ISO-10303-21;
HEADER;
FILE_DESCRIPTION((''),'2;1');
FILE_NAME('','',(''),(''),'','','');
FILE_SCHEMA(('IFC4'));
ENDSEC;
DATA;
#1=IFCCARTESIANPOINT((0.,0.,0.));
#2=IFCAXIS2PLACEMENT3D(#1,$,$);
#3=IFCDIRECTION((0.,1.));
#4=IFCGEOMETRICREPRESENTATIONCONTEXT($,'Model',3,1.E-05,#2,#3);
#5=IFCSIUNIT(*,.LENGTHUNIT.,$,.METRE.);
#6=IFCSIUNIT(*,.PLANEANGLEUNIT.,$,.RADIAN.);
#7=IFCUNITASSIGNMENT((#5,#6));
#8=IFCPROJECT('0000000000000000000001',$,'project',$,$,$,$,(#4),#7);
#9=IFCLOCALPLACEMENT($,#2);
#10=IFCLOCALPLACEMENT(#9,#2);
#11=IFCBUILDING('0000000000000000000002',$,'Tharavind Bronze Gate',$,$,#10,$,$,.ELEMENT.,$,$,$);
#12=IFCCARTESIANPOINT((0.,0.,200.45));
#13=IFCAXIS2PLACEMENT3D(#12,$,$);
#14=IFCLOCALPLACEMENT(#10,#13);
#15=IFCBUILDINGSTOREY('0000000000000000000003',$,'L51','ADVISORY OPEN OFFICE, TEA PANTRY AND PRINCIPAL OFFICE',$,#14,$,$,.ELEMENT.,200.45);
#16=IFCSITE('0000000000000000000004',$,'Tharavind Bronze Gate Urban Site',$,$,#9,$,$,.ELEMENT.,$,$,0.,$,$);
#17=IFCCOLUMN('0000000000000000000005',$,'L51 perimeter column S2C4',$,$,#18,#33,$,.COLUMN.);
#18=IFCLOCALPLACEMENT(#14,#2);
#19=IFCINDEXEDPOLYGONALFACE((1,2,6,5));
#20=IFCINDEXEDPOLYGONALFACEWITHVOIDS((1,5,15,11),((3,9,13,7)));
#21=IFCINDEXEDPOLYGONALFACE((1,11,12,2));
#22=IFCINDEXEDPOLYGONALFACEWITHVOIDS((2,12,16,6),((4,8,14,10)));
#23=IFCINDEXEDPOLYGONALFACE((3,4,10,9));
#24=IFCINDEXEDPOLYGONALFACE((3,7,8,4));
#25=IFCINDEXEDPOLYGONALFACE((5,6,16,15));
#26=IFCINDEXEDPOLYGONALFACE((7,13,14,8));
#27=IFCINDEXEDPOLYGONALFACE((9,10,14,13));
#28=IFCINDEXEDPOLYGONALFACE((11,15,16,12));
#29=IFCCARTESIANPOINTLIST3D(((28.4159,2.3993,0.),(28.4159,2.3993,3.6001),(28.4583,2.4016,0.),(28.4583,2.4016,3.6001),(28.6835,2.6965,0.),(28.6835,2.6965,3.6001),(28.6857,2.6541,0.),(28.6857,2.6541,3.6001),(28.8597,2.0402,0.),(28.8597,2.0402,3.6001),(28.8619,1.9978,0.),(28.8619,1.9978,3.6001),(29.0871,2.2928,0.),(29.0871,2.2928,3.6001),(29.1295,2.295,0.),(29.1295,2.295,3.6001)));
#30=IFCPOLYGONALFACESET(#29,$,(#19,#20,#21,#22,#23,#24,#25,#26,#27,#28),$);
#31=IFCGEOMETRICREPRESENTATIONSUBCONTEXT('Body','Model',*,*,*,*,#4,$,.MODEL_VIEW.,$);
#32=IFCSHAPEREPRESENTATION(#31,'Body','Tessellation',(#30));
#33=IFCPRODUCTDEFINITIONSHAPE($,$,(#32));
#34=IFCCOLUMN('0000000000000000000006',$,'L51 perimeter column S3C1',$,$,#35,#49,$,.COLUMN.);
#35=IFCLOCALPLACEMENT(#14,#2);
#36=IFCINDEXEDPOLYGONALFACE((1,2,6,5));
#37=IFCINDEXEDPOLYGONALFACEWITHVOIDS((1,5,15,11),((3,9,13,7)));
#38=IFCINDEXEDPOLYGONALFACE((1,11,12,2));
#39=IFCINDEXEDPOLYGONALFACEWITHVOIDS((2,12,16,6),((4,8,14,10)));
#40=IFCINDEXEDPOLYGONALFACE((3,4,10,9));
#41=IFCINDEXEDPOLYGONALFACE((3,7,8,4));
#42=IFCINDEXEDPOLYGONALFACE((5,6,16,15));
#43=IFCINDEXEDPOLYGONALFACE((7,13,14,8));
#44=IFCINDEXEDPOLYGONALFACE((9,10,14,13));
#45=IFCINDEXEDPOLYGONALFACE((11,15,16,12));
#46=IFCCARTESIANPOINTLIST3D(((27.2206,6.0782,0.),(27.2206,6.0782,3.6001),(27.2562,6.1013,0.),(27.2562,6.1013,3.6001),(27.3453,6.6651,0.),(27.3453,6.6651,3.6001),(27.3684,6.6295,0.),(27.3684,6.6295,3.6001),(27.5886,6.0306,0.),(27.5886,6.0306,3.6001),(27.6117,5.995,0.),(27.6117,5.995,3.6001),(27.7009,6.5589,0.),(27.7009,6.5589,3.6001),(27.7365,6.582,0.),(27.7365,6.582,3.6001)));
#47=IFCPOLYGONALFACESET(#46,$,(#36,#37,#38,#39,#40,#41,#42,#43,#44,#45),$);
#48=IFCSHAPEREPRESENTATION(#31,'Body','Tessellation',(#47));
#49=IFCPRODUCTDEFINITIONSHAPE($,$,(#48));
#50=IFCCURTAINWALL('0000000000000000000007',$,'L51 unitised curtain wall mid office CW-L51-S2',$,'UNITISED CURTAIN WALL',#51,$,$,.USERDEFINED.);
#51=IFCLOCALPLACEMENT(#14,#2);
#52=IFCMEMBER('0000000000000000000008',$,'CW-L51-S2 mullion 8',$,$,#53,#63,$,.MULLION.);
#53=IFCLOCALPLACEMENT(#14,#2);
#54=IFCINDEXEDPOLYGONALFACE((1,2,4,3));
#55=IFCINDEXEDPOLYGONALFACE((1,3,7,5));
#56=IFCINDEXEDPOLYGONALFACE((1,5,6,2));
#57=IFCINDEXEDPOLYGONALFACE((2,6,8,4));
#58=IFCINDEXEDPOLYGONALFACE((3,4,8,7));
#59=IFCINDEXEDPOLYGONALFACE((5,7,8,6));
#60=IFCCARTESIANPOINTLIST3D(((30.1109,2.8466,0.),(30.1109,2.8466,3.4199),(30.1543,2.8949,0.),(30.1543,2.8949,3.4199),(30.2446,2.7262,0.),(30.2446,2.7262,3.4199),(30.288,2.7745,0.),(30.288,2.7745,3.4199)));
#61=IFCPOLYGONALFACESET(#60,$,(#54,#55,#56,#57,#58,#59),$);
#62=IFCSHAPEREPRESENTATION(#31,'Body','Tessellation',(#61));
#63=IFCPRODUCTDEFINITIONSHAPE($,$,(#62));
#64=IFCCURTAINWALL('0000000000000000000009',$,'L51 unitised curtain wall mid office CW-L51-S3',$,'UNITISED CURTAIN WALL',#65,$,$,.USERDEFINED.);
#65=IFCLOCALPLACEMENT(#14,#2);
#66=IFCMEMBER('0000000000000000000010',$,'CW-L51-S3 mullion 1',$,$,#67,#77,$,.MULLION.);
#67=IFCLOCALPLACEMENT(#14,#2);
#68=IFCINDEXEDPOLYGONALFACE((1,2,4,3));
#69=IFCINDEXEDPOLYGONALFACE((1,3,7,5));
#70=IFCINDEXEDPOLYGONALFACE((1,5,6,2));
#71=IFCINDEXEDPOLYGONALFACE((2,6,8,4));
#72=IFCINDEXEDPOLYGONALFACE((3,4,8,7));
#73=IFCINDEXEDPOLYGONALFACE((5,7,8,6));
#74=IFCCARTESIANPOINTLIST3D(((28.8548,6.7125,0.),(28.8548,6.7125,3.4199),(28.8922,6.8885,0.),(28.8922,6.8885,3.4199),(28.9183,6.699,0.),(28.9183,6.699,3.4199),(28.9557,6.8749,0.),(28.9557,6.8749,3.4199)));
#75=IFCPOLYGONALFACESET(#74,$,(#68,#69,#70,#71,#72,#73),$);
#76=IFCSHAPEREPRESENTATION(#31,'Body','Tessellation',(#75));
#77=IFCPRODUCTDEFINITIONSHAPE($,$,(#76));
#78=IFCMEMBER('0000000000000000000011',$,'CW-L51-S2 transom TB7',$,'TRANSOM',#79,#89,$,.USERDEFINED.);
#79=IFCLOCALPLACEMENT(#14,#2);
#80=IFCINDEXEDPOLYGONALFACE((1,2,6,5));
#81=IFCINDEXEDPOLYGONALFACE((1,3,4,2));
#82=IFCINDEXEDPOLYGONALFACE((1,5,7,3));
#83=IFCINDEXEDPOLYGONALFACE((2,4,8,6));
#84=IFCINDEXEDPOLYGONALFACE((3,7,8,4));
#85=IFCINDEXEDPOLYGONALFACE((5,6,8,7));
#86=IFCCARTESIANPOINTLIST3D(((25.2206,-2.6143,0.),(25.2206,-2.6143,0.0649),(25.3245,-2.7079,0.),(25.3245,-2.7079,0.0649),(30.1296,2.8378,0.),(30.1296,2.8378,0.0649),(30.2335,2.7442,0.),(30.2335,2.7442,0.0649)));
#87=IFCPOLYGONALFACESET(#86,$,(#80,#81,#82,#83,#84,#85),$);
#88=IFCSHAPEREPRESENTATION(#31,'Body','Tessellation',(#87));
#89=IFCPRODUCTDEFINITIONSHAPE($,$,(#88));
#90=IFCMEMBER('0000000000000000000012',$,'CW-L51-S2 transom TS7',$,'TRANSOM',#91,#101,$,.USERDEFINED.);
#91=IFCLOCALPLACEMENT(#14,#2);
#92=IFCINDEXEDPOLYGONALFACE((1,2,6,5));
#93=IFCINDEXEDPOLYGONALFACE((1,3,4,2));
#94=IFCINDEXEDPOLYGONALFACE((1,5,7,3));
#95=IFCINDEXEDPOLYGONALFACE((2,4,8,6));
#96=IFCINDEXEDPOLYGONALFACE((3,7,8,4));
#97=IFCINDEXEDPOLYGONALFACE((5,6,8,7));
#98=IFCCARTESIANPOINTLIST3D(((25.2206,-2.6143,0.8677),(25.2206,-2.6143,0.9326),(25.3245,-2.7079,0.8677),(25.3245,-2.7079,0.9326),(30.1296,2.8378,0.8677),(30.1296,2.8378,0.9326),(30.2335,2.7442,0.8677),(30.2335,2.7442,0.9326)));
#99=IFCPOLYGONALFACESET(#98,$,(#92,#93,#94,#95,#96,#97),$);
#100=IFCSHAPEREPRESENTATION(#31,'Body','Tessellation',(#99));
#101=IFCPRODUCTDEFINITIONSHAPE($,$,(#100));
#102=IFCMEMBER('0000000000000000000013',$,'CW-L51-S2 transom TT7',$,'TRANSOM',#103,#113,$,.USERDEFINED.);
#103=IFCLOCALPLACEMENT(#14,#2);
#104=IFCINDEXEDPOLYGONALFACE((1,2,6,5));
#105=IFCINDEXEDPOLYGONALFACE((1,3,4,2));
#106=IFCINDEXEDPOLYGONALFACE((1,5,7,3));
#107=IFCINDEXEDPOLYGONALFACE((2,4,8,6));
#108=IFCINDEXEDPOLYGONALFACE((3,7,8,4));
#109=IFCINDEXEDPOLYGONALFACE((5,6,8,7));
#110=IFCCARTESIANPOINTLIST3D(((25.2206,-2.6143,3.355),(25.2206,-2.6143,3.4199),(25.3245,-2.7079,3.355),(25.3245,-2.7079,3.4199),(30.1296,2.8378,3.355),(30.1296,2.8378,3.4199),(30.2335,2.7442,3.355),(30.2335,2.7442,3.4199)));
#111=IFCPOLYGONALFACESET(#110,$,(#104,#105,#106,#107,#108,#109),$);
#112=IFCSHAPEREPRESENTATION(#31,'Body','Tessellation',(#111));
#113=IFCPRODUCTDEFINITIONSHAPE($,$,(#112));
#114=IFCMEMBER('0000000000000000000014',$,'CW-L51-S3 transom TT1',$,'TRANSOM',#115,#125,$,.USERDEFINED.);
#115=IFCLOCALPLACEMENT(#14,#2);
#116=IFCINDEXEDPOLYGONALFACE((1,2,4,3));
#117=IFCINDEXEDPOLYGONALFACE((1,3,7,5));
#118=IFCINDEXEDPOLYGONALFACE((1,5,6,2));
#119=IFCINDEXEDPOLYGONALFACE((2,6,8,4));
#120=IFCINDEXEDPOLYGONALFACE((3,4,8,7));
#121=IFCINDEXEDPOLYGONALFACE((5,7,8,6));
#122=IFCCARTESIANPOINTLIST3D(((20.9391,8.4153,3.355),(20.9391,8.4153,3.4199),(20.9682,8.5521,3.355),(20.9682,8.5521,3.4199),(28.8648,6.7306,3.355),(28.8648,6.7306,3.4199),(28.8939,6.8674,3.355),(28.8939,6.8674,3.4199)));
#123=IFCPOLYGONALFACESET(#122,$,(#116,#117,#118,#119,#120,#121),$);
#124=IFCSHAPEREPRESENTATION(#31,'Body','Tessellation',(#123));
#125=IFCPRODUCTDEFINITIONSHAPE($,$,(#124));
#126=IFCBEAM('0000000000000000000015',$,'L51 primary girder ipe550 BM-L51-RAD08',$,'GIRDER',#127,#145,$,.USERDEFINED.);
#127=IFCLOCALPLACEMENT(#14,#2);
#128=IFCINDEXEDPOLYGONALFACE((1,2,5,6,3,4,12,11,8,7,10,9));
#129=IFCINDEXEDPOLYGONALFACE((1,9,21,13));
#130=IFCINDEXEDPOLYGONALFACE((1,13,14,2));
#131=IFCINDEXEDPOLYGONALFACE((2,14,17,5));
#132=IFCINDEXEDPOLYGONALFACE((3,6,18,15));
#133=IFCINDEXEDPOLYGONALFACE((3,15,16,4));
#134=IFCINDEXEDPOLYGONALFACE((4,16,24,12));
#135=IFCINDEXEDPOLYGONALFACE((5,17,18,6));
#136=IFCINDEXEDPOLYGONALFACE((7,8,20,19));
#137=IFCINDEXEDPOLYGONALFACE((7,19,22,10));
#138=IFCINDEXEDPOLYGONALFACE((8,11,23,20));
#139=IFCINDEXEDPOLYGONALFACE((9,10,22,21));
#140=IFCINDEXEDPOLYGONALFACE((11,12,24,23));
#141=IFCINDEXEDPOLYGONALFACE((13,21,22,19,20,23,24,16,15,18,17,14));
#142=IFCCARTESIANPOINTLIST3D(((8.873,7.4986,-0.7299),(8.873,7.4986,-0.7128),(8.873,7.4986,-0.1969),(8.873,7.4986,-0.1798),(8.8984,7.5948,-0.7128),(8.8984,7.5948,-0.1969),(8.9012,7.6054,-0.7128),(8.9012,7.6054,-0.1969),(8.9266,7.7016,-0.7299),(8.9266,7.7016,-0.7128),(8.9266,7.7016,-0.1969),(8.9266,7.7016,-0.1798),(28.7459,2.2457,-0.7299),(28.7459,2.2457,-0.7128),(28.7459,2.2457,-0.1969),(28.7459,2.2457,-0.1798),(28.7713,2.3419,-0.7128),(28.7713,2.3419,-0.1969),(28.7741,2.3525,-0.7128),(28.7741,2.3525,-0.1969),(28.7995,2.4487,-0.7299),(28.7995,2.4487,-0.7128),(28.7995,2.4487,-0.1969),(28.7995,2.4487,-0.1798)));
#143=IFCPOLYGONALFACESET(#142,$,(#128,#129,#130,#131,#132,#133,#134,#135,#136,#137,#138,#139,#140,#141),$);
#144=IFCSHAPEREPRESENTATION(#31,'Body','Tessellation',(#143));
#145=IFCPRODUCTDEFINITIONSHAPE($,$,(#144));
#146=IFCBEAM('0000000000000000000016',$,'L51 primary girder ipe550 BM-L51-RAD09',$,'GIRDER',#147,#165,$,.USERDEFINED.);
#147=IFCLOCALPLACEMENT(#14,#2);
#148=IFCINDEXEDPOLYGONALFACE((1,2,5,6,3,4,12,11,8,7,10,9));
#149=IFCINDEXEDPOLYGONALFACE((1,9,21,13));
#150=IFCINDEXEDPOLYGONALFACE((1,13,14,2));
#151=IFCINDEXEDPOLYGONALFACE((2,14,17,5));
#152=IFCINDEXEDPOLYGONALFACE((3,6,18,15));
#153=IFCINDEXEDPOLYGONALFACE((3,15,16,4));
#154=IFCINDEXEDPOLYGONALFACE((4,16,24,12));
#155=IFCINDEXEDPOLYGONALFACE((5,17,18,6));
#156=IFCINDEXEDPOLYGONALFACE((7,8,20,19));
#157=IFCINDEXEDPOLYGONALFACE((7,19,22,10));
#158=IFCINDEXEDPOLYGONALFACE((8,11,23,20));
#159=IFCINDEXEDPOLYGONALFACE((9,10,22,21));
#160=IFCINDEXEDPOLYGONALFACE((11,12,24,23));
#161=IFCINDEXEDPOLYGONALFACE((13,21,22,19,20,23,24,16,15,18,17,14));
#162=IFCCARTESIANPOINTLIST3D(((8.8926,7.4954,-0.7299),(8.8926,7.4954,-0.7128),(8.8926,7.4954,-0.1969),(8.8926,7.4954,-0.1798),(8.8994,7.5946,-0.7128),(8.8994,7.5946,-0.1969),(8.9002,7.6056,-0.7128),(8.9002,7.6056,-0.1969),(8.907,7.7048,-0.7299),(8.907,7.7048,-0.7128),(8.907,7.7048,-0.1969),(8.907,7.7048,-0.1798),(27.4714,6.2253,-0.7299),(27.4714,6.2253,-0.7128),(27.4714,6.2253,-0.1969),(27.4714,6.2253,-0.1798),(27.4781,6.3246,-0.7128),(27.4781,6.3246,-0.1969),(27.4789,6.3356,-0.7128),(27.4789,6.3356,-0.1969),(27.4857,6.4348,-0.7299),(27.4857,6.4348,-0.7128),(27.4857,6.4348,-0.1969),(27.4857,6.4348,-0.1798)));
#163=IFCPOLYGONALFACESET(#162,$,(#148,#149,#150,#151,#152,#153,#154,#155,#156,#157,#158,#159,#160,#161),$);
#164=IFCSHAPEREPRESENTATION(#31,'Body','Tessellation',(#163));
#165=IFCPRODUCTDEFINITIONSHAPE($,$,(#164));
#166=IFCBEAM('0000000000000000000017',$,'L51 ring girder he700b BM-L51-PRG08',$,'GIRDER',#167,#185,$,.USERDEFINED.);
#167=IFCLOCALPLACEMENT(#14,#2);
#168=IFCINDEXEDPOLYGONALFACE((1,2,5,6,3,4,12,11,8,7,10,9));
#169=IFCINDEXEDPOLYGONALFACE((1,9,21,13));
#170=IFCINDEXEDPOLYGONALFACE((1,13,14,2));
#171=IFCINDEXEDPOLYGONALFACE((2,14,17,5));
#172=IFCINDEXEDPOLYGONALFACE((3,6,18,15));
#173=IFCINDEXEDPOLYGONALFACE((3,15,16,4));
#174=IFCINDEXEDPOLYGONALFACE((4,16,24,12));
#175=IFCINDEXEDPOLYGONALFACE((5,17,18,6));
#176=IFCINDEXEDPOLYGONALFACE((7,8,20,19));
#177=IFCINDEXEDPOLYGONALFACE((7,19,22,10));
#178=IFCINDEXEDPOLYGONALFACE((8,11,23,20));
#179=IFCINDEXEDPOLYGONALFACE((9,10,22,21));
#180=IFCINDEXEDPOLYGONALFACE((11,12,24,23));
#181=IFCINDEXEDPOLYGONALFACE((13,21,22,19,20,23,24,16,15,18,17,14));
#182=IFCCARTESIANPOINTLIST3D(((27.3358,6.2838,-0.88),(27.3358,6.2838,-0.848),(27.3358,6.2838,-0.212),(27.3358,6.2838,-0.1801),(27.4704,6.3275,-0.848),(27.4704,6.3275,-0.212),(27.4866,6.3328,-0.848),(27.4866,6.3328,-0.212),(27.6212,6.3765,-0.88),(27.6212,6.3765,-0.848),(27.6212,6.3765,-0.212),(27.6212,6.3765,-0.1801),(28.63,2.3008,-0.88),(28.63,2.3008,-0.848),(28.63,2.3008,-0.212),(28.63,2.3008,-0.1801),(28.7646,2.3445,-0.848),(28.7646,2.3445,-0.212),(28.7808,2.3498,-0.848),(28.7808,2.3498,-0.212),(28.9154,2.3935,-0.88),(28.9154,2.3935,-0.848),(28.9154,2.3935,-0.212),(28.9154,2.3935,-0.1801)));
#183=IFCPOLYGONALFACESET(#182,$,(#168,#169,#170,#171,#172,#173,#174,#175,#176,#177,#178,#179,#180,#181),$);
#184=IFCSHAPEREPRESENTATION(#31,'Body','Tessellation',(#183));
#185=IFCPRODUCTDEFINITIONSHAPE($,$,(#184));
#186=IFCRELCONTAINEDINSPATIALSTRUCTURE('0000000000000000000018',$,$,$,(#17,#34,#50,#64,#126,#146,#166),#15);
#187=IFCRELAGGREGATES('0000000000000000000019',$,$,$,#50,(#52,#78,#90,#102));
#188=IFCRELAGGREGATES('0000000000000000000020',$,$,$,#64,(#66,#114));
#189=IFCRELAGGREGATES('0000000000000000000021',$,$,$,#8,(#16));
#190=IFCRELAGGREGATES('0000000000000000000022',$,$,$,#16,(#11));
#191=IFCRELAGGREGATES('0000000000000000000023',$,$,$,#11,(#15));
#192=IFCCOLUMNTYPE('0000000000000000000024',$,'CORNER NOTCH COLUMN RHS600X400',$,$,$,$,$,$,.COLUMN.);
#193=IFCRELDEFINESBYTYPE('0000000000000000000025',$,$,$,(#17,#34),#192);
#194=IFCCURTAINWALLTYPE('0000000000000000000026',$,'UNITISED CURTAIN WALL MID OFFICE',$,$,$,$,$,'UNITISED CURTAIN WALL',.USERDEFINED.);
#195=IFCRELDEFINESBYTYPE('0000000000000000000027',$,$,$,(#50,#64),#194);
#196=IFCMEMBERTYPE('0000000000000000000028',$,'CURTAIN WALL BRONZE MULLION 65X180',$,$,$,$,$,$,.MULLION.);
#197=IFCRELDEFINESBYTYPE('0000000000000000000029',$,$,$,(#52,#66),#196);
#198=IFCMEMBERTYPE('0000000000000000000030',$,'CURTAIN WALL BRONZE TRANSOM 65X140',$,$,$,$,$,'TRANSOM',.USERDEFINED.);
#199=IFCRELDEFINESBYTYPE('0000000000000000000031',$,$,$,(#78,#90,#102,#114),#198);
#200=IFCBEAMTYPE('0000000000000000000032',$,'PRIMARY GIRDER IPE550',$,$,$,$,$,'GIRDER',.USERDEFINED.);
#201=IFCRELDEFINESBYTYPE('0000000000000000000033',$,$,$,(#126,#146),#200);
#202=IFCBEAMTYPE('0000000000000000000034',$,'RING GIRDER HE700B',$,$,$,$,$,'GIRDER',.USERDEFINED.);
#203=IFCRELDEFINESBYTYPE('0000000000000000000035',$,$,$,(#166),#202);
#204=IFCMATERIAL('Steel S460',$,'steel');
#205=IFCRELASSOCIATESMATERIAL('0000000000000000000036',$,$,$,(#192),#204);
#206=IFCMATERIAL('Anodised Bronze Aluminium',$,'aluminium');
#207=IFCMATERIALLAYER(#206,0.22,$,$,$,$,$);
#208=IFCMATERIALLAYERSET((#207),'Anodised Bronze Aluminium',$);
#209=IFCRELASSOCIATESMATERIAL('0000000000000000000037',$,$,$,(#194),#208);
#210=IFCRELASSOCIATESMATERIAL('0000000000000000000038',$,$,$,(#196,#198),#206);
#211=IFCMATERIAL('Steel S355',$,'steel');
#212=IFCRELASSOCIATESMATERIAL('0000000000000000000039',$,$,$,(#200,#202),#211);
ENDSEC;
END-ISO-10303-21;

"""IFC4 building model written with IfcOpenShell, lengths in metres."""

from ifc_helpers import new_model, si_unit, direction, frame, origin, origin_2d, place, context, subcontext, project, spatial, rectangle, hollow_rectangle, i_section, extrude, material, layer, layer_set, material_profile, profile_set, type_object, element, aggregate, save


model = new_model("IFC4")

# Units and contexts
model_context = context("Model", 3, precision=1e-05, world=origin(), true_north=direction((0.0, 1.0)))
body_context = subcontext(model_context, "Body", "Model", "MODEL_VIEW")
ifc_project = project(units=[si_unit("LENGTHUNIT", "METRE"), si_unit("PLANEANGLEUNIT", "RADIAN")], contexts=[model_context])

# Site, building, storey
site_placement = place(None, origin())
site = spatial("IfcSite", under=ifc_project, at=site_placement, Name="Tharavind Bronze Gate Urban Site", CompositionType="ELEMENT", RefElevation=0.0)
building_placement = place(site_placement, origin())
building = spatial("IfcBuilding", under=site, at=building_placement, Name="Tharavind Bronze Gate", CompositionType="ELEMENT")
storey_placement = place(building_placement, frame((0.0, 0.0, 200.45)))
storey = spatial("IfcBuildingStorey", under=building, at=storey_placement, Name="L51", Description="ADVISORY OPEN OFFICE, TEA PANTRY AND PRINCIPAL OFFICE", CompositionType="ELEMENT", Elevation=200.45)

# Columns
ifc_material_1 = material(Name="Steel S460", Category="steel")
ifc_material_profile_1 = material_profile(ifc_material_1, hollow_rectangle(XDim=0.3999, YDim=0.6001, WallThickness=0.03, at=origin_2d()), Name="RHS600X400X30")
ifc_profile_set_1 = profile_set([ifc_material_profile_1], Name="Steel S460")
column_type = type_object("IfcColumnType", Name="CORNER NOTCH COLUMN RHS600X400", PredefinedType="COLUMN", material=ifc_profile_set_1)
for number, where, z_axis, x_axis, name in (
    (1, (28.7727, 2.3472, 0.0), (0.0, 0.0, 1.0), (0.669131, 0.743145, 0.0), "L51 perimeter column S2C4"),
    (2, (27.4785, 6.3301, 0.0), (0.0, 0.0, 1.0), (-0.978148, 0.207912, 0.0), "L51 perimeter column S3C1"),
):
    element("IfcColumn", number, at=place(storey_placement, frame(where, z_axis=z_axis, x_axis=x_axis)), inside=storey, type_object=column_type, Name=name, PredefinedType="COLUMN", context=body_context, shape_type="SweptSolid", body=[
        extrude(hollow_rectangle(XDim=0.3999, YDim=0.6001, WallThickness=0.03, at=origin_2d()), origin(), (0.0, 0.0, 1.0), 3.6001),
    ])

# Curtain walls, members
ifc_material_2 = material(Name="Anodised Bronze Aluminium", Category="aluminium")
ifc_layer_1 = layer(ifc_material_2, 0.22)
ifc_layer_set_1 = layer_set([ifc_layer_1], Name="Anodised Bronze Aluminium")
curtain_wall_type = type_object("IfcCurtainWallType", Name="UNITISED CURTAIN WALL MID OFFICE", ElementType="UNITISED CURTAIN WALL", PredefinedType="USERDEFINED", material=ifc_layer_set_1)
curtain_wall_1_placement = place(storey_placement, origin())
curtain_wall_1 = element("IfcCurtainWall", 3, at=curtain_wall_1_placement, inside=storey, type_object=curtain_wall_type, Name="L51 unitised curtain wall mid office CW-L51-S2", ObjectType="UNITISED CURTAIN WALL", PredefinedType="USERDEFINED")
member_type_1 = type_object("IfcMemberType", Name="CURTAIN WALL BRONZE MULLION 65X180", PredefinedType="MULLION", material=ifc_material_2)
member_1_placement = place(storey_placement, frame((30.1995, 2.8105, 0.0), z_axis=(0.0, 0.0, 1.0), x_axis=(0.669131, 0.743145, 0.0)))
member_1 = element("IfcMember", 4, at=member_1_placement, type_object=member_type_1, Name="CW-L51-S2 mullion 8", PredefinedType="MULLION", context=body_context, shape_type="SweptSolid", body=[
    extrude(rectangle(XDim=0.0649, YDim=0.1799, at=origin_2d()), origin(), (0.0, 0.0, 1.0), 3.4199),
])
curtain_wall_2_placement = place(storey_placement, origin())
curtain_wall_2 = element("IfcCurtainWall", 5, at=curtain_wall_2_placement, inside=storey, type_object=curtain_wall_type, Name="L51 unitised curtain wall mid office CW-L51-S3", ObjectType="UNITISED CURTAIN WALL", PredefinedType="USERDEFINED")
member_2_placement = place(storey_placement, frame((28.9053, 6.7937, 0.0), z_axis=(0.0, 0.0, 1.0), x_axis=(-0.978148, 0.207912, 0.0)))
member_2 = element("IfcMember", 6, at=member_2_placement, type_object=member_type_1, Name="CW-L51-S3 mullion 1", PredefinedType="MULLION", context=body_context, shape_type="SweptSolid", body=[
    extrude(rectangle(XDim=0.0649, YDim=0.1799, at=origin_2d()), origin(), (0.0, 0.0, 1.0), 3.4199),
])

# Members
member_type_2 = type_object("IfcMemberType", Name="CURTAIN WALL BRONZE TRANSOM 65X140", ElementType="TRANSOM", PredefinedType="USERDEFINED", material=ifc_material_2)
member_3_placement = place(storey_placement, frame((27.7271, 0.0649, 0.0), z_axis=(0.0, 0.0, 1.0), x_axis=(0.669131, 0.743145, 0.0)))
member_3 = element("IfcMember", 7, at=member_3_placement, type_object=member_type_2, Name="CW-L51-S2 transom TB7", ObjectType="TRANSOM", PredefinedType="USERDEFINED", context=body_context, shape_type="SweptSolid", body=[
    extrude(rectangle(XDim=7.3364, YDim=0.1399, at=origin_2d()), origin(), (0.0, 0.0, 1.0), 0.0649),
])
member_4_placement = place(storey_placement, frame((27.7271, 0.0649, 0.8677), z_axis=(0.0, 0.0, 1.0), x_axis=(0.669131, 0.743145, 0.0)))
member_4 = element("IfcMember", 8, at=member_4_placement, type_object=member_type_2, Name="CW-L51-S2 transom TS7", ObjectType="TRANSOM", PredefinedType="USERDEFINED", context=body_context, shape_type="SweptSolid", body=[
    extrude(rectangle(XDim=7.3364, YDim=0.1399, at=origin_2d()), origin(), (0.0, 0.0, 1.0), 0.0649),
])
member_5_placement = place(storey_placement, frame((27.7271, 0.0649, 3.355), z_axis=(0.0, 0.0, 1.0), x_axis=(0.669131, 0.743145, 0.0)))
member_5 = element("IfcMember", 9, at=member_5_placement, type_object=member_type_2, Name="CW-L51-S2 transom TT7", ObjectType="TRANSOM", PredefinedType="USERDEFINED", context=body_context, shape_type="SweptSolid", body=[
    extrude(rectangle(XDim=7.3364, YDim=0.1399, at=origin_2d()), origin(), (0.0, 0.0, 1.0), 0.0649),
])
member_6_placement = place(storey_placement, frame((24.9165, 7.6414, 3.355), z_axis=(0.0, 0.0, 1.0), x_axis=(-0.978148, 0.207912, 0.0)))
member_6 = element("IfcMember", 10, at=member_6_placement, type_object=member_type_2, Name="CW-L51-S3 transom TT1", ObjectType="TRANSOM", PredefinedType="USERDEFINED", context=body_context, shape_type="SweptSolid", body=[
    extrude(rectangle(XDim=8.1028, YDim=0.1399, at=origin_2d()), origin(), (0.0, 0.0, 1.0), 0.0649),
])

# Beams
ifc_material_3 = material(Name="Steel S355", Category="steel")
ifc_material_profile_2 = material_profile(ifc_material_3, i_section(OverallWidth=0.21, OverallDepth=0.55, WebThickness=0.011, FlangeThickness=0.0171, at=origin_2d()), Name="IPE550")
ifc_profile_set_2 = profile_set([ifc_material_profile_2], Name="Steel S355")
beam_type_1 = type_object("IfcBeamType", Name="PRIMARY GIRDER IPE550", ElementType="GIRDER", PredefinedType="USERDEFINED", material=ifc_profile_set_2)
beam_1_placement = place(storey_placement, frame((28.7727, 2.3472, -0.4548), z_axis=(-0.966796, 0.255551, 0.0), x_axis=(-0.255551, -0.966796, 0.0)))
element("IfcBeam", 11, at=beam_1_placement, inside=storey, type_object=beam_type_1, Name="L51 primary girder ipe550 BM-L51-RAD08", ObjectType="GIRDER", PredefinedType="USERDEFINED", context=body_context, shape_type="SweptSolid", body=[
    extrude(i_section(OverallWidth=0.21, OverallDepth=0.55, WebThickness=0.011, FlangeThickness=0.0171, at=origin_2d()), origin(), (0.0, 0.0, 1.0), 20.5554),
])
beam_2_placement = place(storey_placement, frame((27.4785, 6.3301, -0.4548), z_axis=(-0.997672, 0.0682, 0.0), x_axis=(-0.0682, -0.997672, 0.0)))
element("IfcBeam", 12, at=beam_2_placement, inside=storey, type_object=beam_type_1, Name="L51 primary girder ipe550 BM-L51-RAD09", ObjectType="GIRDER", PredefinedType="USERDEFINED", context=body_context, shape_type="SweptSolid", body=[
    extrude(i_section(OverallWidth=0.21, OverallDepth=0.55, WebThickness=0.011, FlangeThickness=0.0171, at=origin_2d()), origin(), (0.0, 0.0, 1.0), 18.6221),
])
ifc_material_profile_3 = material_profile(ifc_material_3, i_section(OverallWidth=0.3, OverallDepth=0.7, WebThickness=0.0171, FlangeThickness=0.032, at=origin_2d()), Name="HE700B")
ifc_profile_set_3 = profile_set([ifc_material_profile_3], Name="Steel S355")
beam_type_2 = type_object("IfcBeamType", Name="RING GIRDER HE700B", ElementType="GIRDER", PredefinedType="USERDEFINED", material=ifc_profile_set_3)
beam_3_placement = place(storey_placement, frame((28.7727, 2.3472, -0.53), z_axis=(-0.309031, 0.951052, 0.0), x_axis=(-0.951052, -0.309031, 0.0)))
element("IfcBeam", 13, at=beam_3_placement, inside=storey, type_object=beam_type_2, Name="L51 ring girder he700b BM-L51-PRG08", ObjectType="GIRDER", PredefinedType="USERDEFINED", context=body_context, shape_type="SweptSolid", body=[
    extrude(i_section(OverallWidth=0.3, OverallDepth=0.7, WebThickness=0.0171, FlangeThickness=0.032, at=origin_2d()), origin(), (0.0, 0.0, 1.0), 4.188),
])

aggregate(curtain_wall_1, [member_1, member_3, member_4, member_5])
aggregate(curtain_wall_2, [member_2, member_6])

save(model, "model.ifc")
